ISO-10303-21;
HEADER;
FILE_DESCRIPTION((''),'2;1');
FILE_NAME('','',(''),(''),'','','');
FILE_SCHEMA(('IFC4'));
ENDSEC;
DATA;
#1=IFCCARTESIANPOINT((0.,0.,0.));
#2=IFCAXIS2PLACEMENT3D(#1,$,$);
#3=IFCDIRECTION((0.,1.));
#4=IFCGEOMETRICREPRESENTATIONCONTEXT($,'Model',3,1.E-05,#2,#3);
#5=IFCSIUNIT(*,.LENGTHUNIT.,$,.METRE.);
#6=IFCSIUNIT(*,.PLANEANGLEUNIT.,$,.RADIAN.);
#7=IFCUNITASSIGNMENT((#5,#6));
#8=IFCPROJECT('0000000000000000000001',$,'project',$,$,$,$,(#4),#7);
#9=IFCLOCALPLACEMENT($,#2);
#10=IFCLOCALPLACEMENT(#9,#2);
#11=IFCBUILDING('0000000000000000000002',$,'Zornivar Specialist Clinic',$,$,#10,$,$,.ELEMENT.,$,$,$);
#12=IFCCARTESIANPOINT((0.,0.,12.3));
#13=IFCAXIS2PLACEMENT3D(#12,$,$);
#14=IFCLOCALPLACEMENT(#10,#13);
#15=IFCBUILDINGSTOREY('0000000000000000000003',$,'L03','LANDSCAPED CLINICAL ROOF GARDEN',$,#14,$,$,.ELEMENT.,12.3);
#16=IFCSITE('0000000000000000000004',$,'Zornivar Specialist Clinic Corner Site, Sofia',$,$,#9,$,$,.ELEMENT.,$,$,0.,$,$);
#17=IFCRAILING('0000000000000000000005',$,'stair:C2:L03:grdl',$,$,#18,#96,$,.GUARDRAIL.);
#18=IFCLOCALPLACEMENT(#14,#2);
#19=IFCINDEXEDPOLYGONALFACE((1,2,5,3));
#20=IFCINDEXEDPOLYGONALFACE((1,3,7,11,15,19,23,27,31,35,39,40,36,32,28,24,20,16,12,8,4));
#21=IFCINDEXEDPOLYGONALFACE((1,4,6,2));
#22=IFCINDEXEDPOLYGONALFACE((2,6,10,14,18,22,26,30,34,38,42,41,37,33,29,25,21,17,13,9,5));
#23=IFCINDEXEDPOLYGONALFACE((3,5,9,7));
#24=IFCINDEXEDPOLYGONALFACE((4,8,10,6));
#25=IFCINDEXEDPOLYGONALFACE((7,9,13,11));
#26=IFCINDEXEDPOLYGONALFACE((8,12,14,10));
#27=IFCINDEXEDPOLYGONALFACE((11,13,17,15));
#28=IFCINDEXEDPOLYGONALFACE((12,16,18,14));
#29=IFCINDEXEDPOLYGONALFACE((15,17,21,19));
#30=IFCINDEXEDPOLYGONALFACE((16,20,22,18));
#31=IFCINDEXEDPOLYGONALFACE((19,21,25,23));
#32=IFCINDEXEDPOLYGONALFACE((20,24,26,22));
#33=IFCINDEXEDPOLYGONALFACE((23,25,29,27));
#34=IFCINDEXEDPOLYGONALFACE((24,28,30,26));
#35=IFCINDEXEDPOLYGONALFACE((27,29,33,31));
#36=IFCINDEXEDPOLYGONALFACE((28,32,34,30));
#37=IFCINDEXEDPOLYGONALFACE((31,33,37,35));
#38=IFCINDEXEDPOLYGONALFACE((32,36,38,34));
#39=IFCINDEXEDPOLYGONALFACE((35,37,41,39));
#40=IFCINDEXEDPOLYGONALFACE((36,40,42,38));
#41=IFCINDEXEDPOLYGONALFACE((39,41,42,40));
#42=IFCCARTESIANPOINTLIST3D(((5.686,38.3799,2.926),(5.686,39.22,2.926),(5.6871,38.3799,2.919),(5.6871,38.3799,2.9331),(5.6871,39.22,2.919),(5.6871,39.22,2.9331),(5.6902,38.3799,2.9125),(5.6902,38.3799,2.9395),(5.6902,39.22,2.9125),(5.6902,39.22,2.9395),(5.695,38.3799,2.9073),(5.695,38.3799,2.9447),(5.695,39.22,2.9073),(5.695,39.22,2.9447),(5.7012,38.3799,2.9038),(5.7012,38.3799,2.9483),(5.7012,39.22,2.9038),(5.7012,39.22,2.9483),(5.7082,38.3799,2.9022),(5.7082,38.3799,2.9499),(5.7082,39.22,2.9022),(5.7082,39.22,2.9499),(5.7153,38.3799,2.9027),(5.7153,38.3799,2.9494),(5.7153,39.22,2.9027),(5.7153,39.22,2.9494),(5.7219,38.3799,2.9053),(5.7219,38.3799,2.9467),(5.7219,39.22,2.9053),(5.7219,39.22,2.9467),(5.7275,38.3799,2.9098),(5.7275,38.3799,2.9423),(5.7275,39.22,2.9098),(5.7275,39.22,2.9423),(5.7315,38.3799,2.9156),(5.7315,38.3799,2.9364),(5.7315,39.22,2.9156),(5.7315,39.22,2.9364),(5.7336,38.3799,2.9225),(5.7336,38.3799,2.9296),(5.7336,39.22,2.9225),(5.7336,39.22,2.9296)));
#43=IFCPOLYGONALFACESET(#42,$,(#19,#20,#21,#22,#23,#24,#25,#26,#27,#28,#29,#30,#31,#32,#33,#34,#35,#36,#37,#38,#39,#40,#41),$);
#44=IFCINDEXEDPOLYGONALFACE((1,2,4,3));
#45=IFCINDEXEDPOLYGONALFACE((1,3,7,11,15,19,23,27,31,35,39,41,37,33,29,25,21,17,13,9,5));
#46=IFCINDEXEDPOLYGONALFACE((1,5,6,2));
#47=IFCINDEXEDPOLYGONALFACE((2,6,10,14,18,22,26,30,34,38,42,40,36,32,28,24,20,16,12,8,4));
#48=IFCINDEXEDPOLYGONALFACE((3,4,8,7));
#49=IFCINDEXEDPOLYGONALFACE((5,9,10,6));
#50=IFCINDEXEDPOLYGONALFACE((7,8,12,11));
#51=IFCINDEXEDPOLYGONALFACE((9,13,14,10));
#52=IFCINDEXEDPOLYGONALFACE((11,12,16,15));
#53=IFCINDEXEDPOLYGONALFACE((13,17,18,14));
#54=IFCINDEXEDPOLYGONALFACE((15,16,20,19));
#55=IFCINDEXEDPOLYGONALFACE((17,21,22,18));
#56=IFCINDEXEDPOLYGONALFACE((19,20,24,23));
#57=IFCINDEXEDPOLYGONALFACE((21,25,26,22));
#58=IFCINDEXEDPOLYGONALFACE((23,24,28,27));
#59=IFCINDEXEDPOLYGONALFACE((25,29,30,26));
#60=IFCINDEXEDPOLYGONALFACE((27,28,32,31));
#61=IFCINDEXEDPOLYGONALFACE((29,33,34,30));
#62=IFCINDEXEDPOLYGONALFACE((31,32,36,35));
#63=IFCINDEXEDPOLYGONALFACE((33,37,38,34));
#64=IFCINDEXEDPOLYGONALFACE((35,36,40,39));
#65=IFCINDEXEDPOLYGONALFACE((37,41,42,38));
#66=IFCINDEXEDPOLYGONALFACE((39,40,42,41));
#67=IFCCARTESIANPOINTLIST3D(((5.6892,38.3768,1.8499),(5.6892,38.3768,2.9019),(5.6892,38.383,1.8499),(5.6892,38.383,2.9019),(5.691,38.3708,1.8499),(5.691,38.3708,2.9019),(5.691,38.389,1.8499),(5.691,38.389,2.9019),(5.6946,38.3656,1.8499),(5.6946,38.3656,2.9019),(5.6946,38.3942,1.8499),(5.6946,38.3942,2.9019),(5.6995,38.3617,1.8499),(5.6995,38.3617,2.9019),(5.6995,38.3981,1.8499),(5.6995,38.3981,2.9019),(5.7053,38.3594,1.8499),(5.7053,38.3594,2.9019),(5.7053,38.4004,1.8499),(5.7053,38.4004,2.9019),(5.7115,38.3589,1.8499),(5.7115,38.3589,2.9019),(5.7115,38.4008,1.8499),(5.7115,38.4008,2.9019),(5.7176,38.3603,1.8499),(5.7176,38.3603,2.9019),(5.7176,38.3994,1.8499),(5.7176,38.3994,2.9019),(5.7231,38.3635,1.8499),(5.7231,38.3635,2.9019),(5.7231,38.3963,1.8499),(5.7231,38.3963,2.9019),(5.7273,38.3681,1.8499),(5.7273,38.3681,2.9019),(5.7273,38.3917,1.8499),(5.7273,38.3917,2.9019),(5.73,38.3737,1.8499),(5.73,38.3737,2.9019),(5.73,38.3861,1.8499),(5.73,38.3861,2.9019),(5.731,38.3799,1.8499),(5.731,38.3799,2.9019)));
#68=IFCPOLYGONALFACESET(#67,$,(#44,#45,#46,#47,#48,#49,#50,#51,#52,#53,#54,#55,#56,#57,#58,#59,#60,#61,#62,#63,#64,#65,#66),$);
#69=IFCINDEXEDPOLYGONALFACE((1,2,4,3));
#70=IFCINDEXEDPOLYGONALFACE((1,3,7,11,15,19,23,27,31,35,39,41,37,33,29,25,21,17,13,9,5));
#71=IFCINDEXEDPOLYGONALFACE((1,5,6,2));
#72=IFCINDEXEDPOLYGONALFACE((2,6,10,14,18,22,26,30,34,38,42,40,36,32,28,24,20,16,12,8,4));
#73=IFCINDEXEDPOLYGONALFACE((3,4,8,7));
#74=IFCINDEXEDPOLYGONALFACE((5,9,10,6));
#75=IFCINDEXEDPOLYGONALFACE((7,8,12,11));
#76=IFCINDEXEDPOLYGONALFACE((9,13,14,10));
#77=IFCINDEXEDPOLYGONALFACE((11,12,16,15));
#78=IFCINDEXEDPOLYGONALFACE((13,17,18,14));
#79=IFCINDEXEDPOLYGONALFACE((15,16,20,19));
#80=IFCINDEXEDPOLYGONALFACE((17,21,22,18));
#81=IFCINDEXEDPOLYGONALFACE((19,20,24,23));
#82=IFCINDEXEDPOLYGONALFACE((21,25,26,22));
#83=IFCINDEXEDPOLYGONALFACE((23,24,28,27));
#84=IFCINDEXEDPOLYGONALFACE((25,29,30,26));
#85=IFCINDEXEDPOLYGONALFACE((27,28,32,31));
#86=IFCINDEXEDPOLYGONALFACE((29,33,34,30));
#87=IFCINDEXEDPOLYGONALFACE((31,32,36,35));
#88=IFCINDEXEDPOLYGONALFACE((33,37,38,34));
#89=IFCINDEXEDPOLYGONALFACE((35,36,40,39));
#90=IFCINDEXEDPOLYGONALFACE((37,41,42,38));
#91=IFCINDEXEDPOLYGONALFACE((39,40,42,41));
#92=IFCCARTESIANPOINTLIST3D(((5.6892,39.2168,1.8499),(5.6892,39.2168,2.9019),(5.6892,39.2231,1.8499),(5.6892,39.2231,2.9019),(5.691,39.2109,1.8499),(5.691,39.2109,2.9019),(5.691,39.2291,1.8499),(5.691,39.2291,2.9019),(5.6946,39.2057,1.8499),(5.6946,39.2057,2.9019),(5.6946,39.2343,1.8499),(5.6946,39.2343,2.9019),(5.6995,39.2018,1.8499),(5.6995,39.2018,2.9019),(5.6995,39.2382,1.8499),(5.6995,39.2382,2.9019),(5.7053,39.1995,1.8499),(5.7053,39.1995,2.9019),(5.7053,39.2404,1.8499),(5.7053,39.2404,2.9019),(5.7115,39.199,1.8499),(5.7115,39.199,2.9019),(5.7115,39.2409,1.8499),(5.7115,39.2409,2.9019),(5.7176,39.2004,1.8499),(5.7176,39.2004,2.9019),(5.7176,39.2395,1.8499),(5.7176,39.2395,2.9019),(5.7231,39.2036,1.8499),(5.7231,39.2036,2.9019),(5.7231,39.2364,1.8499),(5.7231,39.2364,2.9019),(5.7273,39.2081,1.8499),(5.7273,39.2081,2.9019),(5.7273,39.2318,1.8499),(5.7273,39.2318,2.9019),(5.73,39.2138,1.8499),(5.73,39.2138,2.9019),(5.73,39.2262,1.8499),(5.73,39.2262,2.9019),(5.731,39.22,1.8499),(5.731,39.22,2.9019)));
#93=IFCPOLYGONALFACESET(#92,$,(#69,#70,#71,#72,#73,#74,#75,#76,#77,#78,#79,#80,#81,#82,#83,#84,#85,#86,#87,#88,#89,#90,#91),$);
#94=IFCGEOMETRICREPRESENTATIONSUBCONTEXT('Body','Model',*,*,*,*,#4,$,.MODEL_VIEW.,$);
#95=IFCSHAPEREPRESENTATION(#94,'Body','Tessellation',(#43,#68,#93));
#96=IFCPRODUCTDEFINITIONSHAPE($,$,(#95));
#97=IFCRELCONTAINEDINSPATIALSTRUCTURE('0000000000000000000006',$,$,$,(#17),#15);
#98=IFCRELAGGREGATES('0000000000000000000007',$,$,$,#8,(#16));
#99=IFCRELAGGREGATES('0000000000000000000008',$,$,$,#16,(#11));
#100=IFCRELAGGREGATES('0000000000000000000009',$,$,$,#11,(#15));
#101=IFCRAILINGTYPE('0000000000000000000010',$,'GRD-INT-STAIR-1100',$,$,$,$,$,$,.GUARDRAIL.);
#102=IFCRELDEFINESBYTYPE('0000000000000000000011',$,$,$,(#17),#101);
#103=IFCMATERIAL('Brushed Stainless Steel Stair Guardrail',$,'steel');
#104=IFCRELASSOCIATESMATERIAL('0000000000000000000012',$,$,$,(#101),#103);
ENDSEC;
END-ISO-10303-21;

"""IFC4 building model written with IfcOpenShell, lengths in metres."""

from ifc_helpers import new_model, si_unit, direction, frame, origin, origin_2d, place, context, subcontext, project, spatial, circle, extrude, material, type_object, element, save


model = new_model("IFC4")

# Units and contexts
model_context = context("Model", 3, precision=1e-05, world=origin(), true_north=direction((0.0, 1.0)))
body_context = subcontext(model_context, "Body", "Model", "MODEL_VIEW")
ifc_project = project(units=[si_unit("LENGTHUNIT", "METRE"), si_unit("PLANEANGLEUNIT", "RADIAN")], contexts=[model_context])

# Site, building, storey
site_placement = place(None, origin())
site = spatial("IfcSite", under=ifc_project, at=site_placement, Name="Zornivar Specialist Clinic Corner Site, Sofia", CompositionType="ELEMENT", RefElevation=0.0)
building_placement = place(site_placement, origin())
building = spatial("IfcBuilding", under=site, at=building_placement, Name="Zornivar Specialist Clinic", CompositionType="ELEMENT")
storey_placement = place(building_placement, frame((0.0, 0.0, 12.3)))
storey = spatial("IfcBuildingStorey", under=building, at=storey_placement, Name="L03", Description="LANDSCAPED CLINICAL ROOF GARDEN", CompositionType="ELEMENT", Elevation=12.3)

# Railing
ifc_material_1 = material(Name="Brushed Stainless Steel Stair Guardrail", Category="steel")
railing_type_1 = type_object("IfcRailingType", Name="GRD-INT-STAIR-1100", PredefinedType="GUARDRAIL", material=ifc_material_1)
railing_1_placement = place(storey_placement, frame((5.71, 38.3799, 1.8499)))
element("IfcRailing", 1, at=railing_1_placement, inside=storey, type_object=railing_type_1, Name="stair:C2:L03:grdl", PredefinedType="GUARDRAIL", context=body_context, shape_type="SweptSolid", body=[
    extrude(circle(Radius=0.0239, at=origin_2d()), frame((0.0, 0.0, 1.0762), z_axis=(0.0, 1.0, 0.0), x_axis=(-1.0, 0.0, 0.0)), (0.0, 0.0, 1.0), 0.8401),
    extrude(circle(Radius=0.021, at=origin_2d()), origin(), (0.0, 0.0, 1.0), 1.052),
    extrude(circle(Radius=0.021, at=origin_2d()), frame((0.0, 0.8401, 0.0)), (0.0, 0.0, 1.0), 1.052),
])

save(model, "model.ifc")
